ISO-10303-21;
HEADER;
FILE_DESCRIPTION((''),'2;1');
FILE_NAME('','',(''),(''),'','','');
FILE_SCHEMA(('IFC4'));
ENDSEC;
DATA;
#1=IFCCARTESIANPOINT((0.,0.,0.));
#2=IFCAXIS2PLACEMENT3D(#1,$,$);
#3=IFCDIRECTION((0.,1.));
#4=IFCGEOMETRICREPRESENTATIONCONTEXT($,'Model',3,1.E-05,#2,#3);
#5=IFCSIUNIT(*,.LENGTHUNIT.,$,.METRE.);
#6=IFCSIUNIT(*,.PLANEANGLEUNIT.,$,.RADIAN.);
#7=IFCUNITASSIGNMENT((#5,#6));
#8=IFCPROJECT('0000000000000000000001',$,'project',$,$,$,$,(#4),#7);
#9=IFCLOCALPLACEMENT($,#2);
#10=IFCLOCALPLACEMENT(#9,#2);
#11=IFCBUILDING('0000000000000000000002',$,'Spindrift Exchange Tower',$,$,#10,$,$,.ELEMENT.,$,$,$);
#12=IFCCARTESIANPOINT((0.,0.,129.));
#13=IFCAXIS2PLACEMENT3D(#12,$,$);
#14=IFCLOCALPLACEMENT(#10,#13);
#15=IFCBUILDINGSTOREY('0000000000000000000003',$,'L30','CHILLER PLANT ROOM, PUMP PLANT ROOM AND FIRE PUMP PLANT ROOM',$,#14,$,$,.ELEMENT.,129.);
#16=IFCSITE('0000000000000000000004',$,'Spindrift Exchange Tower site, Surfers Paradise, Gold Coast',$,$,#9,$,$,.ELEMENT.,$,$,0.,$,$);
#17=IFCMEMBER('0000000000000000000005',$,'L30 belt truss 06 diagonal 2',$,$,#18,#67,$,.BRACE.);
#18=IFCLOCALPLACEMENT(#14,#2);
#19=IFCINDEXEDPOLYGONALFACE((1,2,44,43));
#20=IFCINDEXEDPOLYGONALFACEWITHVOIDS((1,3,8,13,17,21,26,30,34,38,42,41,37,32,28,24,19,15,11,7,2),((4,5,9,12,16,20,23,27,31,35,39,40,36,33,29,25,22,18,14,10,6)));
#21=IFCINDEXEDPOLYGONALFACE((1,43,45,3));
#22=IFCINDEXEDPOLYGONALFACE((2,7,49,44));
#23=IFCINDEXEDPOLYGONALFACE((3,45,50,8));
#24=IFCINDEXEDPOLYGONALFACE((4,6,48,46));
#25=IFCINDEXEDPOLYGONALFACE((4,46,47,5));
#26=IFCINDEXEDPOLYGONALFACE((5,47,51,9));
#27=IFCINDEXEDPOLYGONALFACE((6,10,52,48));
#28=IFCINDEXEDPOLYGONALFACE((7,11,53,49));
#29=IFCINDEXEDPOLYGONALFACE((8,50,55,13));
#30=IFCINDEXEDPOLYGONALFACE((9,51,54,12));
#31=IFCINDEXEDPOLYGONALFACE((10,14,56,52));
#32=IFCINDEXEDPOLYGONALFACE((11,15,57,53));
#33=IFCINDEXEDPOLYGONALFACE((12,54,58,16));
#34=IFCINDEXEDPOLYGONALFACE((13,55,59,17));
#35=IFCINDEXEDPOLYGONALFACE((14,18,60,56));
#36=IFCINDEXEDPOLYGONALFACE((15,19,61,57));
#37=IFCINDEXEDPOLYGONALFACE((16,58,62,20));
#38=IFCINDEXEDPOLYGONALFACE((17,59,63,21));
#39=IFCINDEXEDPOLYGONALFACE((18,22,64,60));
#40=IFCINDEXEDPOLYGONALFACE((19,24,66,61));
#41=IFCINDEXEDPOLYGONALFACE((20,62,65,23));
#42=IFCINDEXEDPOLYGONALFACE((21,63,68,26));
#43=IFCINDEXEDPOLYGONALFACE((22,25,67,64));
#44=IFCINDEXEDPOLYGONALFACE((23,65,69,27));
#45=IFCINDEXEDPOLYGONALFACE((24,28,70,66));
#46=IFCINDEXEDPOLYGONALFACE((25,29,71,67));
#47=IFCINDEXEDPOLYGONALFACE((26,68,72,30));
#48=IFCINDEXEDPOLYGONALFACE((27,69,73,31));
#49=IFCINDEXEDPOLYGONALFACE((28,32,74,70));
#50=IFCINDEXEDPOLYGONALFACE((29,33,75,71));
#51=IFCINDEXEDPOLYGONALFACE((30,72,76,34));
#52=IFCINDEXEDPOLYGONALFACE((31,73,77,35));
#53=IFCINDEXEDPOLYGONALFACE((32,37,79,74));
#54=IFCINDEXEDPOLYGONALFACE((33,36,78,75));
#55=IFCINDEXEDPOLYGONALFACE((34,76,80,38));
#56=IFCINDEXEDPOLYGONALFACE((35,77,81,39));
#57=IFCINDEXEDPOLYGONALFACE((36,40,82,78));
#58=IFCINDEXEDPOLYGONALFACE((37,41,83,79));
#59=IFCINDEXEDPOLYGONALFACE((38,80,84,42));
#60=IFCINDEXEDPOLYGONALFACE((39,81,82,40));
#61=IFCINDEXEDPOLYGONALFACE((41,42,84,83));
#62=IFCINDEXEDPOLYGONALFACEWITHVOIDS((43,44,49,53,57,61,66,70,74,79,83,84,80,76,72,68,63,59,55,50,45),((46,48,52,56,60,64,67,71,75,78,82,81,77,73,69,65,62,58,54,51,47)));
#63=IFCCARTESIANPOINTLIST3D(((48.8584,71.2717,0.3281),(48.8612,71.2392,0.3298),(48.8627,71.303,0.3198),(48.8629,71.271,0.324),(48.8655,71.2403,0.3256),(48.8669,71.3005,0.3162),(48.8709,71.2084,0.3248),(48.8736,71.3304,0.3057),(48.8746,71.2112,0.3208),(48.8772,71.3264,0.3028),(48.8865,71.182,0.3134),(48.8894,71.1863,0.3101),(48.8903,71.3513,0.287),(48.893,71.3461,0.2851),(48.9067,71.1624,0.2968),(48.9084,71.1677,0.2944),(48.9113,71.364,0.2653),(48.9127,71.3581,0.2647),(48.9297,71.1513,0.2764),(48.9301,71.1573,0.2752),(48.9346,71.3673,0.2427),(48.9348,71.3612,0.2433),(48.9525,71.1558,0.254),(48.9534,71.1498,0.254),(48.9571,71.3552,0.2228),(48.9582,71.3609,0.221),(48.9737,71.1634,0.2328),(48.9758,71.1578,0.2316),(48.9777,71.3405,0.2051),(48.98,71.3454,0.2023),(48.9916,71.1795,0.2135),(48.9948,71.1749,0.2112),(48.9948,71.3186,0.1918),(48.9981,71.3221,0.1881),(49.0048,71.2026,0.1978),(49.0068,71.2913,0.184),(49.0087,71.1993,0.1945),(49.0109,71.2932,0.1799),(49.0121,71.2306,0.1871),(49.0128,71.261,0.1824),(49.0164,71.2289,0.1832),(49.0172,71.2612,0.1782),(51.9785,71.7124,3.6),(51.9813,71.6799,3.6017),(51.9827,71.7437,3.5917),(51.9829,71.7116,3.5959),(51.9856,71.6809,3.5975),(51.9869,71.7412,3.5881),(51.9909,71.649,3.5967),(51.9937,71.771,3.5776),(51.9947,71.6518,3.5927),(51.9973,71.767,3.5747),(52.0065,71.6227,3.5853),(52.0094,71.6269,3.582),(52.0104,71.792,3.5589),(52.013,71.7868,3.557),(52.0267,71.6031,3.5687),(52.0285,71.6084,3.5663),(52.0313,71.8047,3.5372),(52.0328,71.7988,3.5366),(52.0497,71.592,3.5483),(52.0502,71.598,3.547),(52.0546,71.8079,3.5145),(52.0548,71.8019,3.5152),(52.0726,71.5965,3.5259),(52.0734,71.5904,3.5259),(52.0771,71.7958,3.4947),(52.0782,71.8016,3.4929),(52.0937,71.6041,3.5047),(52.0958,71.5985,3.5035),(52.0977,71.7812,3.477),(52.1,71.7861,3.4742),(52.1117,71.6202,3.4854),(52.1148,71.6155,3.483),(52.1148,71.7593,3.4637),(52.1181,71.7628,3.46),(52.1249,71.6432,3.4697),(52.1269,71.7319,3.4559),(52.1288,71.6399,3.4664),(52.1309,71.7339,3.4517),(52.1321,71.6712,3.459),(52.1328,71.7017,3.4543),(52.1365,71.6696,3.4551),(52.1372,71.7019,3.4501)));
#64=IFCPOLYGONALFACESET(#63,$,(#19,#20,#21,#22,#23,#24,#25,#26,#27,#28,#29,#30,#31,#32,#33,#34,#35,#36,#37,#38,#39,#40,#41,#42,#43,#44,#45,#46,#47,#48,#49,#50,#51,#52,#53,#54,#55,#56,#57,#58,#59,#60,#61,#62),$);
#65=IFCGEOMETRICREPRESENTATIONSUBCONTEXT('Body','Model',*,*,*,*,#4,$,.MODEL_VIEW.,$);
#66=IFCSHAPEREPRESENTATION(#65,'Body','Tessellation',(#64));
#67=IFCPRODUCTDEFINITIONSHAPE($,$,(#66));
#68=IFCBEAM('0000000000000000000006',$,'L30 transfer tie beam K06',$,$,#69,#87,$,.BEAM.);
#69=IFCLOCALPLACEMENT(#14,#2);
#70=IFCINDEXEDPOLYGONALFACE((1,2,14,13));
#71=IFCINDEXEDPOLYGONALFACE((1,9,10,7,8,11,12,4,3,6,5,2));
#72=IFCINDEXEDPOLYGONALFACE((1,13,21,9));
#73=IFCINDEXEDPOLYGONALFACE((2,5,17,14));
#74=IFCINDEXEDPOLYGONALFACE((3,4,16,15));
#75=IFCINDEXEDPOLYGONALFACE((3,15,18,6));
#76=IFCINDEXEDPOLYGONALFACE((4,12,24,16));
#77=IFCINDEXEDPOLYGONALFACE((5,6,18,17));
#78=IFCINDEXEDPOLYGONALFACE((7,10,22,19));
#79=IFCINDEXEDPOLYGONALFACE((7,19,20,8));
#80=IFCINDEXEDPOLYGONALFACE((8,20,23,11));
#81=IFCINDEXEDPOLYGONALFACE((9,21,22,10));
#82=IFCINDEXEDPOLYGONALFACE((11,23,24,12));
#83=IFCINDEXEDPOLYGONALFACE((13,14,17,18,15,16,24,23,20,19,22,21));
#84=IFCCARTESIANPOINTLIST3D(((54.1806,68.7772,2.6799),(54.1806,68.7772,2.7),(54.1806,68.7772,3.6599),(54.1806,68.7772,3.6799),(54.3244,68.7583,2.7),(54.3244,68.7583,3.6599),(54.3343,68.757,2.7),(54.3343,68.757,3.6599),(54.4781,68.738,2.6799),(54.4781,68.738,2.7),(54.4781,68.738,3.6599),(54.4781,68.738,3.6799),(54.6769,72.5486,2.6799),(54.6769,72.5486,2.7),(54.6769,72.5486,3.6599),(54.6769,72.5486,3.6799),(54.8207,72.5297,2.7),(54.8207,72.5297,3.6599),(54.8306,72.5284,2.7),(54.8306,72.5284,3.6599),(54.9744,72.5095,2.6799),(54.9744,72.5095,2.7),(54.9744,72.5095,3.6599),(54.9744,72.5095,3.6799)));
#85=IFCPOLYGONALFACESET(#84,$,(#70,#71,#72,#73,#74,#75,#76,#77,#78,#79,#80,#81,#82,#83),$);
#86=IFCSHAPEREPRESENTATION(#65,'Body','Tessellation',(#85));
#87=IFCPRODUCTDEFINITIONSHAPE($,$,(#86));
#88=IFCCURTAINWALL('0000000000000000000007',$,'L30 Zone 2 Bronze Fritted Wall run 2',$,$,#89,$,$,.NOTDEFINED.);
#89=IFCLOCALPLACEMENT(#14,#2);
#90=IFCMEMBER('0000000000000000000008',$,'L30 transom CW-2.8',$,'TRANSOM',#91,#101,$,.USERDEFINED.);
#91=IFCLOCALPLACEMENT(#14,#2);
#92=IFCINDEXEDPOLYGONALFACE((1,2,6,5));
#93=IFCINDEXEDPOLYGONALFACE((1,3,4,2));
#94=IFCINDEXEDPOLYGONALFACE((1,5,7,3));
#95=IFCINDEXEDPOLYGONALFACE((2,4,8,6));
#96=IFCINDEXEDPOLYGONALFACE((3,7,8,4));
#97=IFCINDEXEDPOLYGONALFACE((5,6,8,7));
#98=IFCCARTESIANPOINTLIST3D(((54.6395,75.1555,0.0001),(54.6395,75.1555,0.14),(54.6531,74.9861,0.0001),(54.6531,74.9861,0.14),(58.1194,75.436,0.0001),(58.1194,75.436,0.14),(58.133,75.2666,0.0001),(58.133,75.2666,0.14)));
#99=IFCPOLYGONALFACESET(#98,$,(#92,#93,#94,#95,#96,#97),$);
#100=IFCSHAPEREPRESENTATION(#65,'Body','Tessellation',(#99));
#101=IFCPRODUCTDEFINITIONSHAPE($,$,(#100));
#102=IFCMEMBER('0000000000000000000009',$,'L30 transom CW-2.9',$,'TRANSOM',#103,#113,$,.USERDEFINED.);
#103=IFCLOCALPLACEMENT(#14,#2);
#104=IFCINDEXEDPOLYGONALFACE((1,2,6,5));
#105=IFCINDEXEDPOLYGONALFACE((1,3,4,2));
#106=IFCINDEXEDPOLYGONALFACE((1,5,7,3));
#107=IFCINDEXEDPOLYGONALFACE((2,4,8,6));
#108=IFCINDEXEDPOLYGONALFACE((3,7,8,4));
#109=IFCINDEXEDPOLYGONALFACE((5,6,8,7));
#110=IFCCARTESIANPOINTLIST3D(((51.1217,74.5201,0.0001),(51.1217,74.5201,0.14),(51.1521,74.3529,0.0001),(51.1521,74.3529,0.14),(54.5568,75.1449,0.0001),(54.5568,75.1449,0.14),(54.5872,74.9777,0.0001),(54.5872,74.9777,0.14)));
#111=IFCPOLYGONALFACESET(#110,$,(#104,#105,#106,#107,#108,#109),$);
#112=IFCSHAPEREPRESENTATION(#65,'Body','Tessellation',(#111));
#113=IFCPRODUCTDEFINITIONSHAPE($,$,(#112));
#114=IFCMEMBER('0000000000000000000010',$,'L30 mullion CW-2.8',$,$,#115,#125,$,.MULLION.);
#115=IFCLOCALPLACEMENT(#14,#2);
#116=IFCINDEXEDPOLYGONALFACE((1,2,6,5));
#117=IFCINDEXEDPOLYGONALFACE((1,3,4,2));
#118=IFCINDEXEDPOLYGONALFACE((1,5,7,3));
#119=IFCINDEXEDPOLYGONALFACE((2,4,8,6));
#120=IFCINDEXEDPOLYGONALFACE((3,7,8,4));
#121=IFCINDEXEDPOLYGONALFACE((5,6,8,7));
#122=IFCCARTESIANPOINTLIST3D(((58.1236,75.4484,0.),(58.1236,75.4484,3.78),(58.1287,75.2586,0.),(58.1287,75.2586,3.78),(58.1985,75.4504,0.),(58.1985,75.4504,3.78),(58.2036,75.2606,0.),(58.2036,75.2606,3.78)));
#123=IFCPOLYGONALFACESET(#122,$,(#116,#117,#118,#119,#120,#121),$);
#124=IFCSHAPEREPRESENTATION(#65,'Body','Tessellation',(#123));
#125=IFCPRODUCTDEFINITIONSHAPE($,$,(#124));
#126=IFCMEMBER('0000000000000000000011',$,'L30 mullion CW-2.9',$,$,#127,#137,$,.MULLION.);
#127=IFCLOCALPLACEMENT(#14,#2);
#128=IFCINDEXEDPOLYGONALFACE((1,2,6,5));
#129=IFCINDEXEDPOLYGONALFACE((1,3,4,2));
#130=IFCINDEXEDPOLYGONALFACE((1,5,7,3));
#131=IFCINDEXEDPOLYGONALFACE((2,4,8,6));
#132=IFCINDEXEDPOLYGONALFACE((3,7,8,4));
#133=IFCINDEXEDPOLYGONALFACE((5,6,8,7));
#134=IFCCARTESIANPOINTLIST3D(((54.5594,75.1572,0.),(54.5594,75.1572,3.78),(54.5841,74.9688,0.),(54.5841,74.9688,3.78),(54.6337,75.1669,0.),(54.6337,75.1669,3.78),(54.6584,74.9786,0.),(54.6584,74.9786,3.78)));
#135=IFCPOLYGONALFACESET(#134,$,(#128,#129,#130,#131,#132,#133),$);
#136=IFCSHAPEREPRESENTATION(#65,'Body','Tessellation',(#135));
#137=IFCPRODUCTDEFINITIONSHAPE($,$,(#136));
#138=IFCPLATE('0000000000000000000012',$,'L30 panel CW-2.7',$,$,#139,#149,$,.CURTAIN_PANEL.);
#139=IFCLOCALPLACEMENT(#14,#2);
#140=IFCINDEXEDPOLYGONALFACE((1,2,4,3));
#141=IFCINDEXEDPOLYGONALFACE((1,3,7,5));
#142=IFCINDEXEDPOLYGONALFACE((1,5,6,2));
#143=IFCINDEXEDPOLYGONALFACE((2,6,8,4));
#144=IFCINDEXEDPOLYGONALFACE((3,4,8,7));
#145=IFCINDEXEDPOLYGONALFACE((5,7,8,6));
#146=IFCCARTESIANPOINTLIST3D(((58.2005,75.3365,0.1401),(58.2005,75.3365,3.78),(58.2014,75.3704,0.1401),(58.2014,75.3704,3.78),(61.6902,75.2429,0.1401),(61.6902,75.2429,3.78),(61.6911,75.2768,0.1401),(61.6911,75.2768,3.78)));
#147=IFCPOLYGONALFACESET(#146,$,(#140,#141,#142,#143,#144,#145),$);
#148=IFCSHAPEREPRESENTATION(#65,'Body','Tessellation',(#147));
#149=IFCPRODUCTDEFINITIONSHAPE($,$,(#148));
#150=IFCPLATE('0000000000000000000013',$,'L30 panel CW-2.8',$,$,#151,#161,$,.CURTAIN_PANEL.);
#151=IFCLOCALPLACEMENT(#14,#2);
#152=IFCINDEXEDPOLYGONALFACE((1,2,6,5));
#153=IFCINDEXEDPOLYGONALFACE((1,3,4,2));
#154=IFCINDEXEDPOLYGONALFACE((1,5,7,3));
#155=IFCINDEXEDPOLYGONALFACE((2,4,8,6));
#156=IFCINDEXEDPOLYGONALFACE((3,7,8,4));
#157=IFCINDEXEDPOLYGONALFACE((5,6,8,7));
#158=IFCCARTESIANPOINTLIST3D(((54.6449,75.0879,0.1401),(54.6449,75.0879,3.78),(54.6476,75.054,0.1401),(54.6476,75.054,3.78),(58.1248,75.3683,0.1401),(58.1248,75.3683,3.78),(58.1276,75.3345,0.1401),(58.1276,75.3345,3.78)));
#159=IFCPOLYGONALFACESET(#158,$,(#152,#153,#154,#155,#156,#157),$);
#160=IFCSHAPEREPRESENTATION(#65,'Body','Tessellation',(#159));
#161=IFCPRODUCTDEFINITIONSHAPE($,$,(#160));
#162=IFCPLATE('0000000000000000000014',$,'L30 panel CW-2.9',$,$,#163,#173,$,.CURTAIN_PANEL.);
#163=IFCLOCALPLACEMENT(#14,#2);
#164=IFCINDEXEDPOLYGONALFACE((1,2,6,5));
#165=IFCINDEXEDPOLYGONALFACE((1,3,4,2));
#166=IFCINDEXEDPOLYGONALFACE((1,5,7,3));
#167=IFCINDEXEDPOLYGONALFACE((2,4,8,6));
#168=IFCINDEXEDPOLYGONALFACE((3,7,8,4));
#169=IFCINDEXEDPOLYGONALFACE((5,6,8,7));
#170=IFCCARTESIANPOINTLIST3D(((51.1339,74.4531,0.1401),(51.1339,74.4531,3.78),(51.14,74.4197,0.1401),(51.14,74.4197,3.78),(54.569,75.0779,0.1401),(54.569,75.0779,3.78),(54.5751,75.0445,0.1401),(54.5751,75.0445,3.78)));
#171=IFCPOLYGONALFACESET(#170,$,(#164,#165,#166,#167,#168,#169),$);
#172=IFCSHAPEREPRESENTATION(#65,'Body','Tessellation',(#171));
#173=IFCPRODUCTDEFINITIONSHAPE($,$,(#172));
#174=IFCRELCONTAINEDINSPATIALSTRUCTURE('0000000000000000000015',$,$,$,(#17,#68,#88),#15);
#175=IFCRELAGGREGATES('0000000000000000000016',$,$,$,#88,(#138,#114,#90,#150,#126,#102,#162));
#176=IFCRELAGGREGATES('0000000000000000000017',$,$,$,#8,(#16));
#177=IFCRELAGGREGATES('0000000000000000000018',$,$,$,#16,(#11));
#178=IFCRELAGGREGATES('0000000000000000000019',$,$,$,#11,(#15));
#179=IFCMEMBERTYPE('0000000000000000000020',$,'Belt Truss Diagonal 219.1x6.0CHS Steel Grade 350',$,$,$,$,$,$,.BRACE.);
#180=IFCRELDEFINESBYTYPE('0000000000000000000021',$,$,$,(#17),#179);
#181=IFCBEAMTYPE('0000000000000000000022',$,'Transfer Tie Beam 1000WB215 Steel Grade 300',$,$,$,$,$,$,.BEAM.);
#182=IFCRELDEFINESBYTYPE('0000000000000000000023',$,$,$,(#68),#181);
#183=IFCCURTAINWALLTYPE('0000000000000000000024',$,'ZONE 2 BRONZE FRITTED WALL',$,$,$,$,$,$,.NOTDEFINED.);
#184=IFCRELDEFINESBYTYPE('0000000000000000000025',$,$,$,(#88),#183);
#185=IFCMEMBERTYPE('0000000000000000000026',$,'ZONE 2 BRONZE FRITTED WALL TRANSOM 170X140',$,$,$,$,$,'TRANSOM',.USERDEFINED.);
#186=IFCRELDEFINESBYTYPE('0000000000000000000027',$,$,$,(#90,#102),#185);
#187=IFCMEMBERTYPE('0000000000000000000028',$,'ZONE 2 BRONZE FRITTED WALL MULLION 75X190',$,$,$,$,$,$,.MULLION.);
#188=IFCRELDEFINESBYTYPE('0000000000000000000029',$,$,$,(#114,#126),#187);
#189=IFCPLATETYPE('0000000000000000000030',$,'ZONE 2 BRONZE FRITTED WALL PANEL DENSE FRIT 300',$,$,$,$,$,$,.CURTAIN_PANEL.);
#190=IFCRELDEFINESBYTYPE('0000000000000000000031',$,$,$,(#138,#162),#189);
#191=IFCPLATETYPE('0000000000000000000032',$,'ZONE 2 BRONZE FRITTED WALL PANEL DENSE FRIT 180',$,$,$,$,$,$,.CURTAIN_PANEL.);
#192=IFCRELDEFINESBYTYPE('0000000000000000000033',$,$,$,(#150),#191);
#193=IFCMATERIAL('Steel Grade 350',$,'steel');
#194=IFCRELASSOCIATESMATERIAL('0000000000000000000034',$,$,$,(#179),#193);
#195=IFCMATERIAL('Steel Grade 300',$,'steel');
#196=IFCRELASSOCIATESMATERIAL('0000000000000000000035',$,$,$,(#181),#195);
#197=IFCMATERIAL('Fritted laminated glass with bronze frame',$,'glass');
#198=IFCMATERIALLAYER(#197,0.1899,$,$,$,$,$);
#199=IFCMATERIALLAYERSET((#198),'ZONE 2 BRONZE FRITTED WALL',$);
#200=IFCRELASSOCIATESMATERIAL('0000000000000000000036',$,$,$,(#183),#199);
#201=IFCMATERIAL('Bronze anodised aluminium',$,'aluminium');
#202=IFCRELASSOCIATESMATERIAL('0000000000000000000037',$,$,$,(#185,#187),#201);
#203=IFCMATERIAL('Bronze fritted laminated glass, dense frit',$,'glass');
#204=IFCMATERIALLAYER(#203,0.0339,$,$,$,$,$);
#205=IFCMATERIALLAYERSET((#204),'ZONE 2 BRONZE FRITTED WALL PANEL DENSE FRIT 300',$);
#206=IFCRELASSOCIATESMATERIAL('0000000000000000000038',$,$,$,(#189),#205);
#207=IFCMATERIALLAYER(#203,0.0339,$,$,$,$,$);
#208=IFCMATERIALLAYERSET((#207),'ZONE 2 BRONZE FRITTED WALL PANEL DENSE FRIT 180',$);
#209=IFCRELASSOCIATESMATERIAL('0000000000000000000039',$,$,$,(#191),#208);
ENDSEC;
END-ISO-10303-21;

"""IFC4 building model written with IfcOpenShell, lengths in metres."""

from ifc_helpers import new_model, si_unit, direction, frame, origin, origin_2d, place, context, subcontext, project, spatial, rectangle, hollow_circle, i_section, extrude, source, transform, mapped, material, layer, layer_set, material_profile, profile_set, type_object, element, aggregate, save


model = new_model("IFC4")

# Units and contexts
model_context = context("Model", 3, precision=1e-05, world=origin(), true_north=direction((0.0, 1.0)))
body_context = subcontext(model_context, "Body", "Model", "MODEL_VIEW")
ifc_project = project(units=[si_unit("LENGTHUNIT", "METRE"), si_unit("PLANEANGLEUNIT", "RADIAN")], contexts=[model_context])

# Site, building, storey
site_placement = place(None, origin())
site = spatial("IfcSite", under=ifc_project, at=site_placement, Name="Spindrift Exchange Tower site, Surfers Paradise, Gold Coast", CompositionType="ELEMENT", RefElevation=0.0)
building_placement = place(site_placement, origin())
building = spatial("IfcBuilding", under=site, at=building_placement, Name="Spindrift Exchange Tower", CompositionType="ELEMENT")
storey_placement = place(building_placement, frame((0.0, 0.0, 129.0)))
storey = spatial("IfcBuildingStorey", under=building, at=storey_placement, Name="L30", Description="CHILLER PLANT ROOM, PUMP PLANT ROOM AND FIRE PUMP PLANT ROOM", CompositionType="ELEMENT", Elevation=129.0)

# Shared definitions
ifc_material_1 = material(Name="Steel Grade 300", Category="steel")

# Member
ifc_material_2 = material(Name="Steel Grade 350", Category="steel")
ifc_material_profile_1 = material_profile(ifc_material_2, hollow_circle(Radius=0.1096, WallThickness=0.0061, at=origin_2d()), Name="219.1x6.0CHS")
ifc_profile_set_1 = profile_set([ifc_material_profile_1], Name="Steel Grade 350")
member_type_1 = type_object("IfcMemberType", Name="Belt Truss Diagonal 219.1x6.0CHS Steel Grade 350", PredefinedType="BRACE", material=ifc_profile_set_1)
shared_shape_1 = source(origin(), body_context, "Body", "SweptSolid", [
    extrude(hollow_circle(Radius=0.1096, WallThickness=0.0061, at=origin_2d()), origin(), (0.0, 0.0, 1.0), 4.5425),
])
for number, where, z_axis, x_axis, name in (
    (1, (52.0581, 71.699, 3.5259), (-0.686859, -0.097009, -0.720288), (0.139848, -0.990173, 0.0), "L30 belt truss 06 diagonal 2"),
):
    element("IfcMember", number, at=place(storey_placement, frame(where, z_axis=z_axis, x_axis=x_axis)), inside=storey, type_object=member_type_1, Name=name, PredefinedType="BRACE", context=body_context, shape_type="MappedRepresentation", body=[
        mapped(shared_shape_1, transform((0.0, 0.0, 0.0), scale=1.0)),
    ])

# Beam
ifc_material_profile_2 = material_profile(ifc_material_1, i_section(OverallWidth=0.3, OverallDepth=1.0, WebThickness=0.01, FlangeThickness=0.02, at=origin_2d()), Name="1000WB215")
ifc_profile_set_2 = profile_set([ifc_material_profile_2], Name="Steel Grade 300")
beam_type_1 = type_object("IfcBeamType", Name="Transfer Tie Beam 1000WB215 Steel Grade 300", PredefinedType="BEAM", material=ifc_profile_set_2)
shared_shape_2 = source(origin(), body_context, "Body", "SweptSolid", [
    extrude(i_section(OverallWidth=0.3, OverallDepth=1.0, WebThickness=0.01, FlangeThickness=0.02, at=origin_2d()), origin(), (0.0, 0.0, 1.0), 3.804),
])
beam_1_placement = place(storey_placement, frame((54.8257, 72.5291, 3.1799), z_axis=(-0.130478, -0.991451, 0.0), x_axis=(0.991451, -0.130478, 0.0)))
element("IfcBeam", 2, at=beam_1_placement, inside=storey, type_object=beam_type_1, Name="L30 transfer tie beam K06", PredefinedType="BEAM", context=body_context, shape_type="MappedRepresentation", body=[
    mapped(shared_shape_2, transform((0.0, 0.0, 0.0), scale=1.0)),
])

# Curtain wall, members, plates
ifc_material_3 = material(Name="Fritted laminated glass with bronze frame", Category="glass")
ifc_layer_1 = layer(ifc_material_3, 0.1899)
ifc_layer_set_1 = layer_set([ifc_layer_1], Name="ZONE 2 BRONZE FRITTED WALL")
curtain_wall_type = type_object("IfcCurtainWallType", Name="ZONE 2 BRONZE FRITTED WALL", PredefinedType="NOTDEFINED", material=ifc_layer_set_1)
curtain_wall_placement = place(storey_placement, origin())
curtain_wall = element("IfcCurtainWall", 3, at=curtain_wall_placement, inside=storey, type_object=curtain_wall_type, Name="L30 Zone 2 Bronze Fritted Wall run 2", PredefinedType="NOTDEFINED")
ifc_material_4 = material(Name="Bronze anodised aluminium", Category="aluminium")
ifc_material_profile_3 = material_profile(ifc_material_4, rectangle(XDim=0.1699, YDim=0.1399, at=origin_2d()), Name="ZONE 2 BRONZE FRITTED WALL TRANSOM 170X140")
ifc_profile_set_3 = profile_set([ifc_material_profile_3], Name="Bronze anodised aluminium")
member_type_2 = type_object("IfcMemberType", Name="ZONE 2 BRONZE FRITTED WALL TRANSOM 170X140", ElementType="TRANSOM", PredefinedType="USERDEFINED", material=ifc_profile_set_3)
shared_shape_3 = source(origin(), body_context, "Body", "SweptSolid", [
    extrude(rectangle(XDim=0.1699, YDim=0.1399, at=origin_2d()), origin(), (0.0, 0.0, 1.0), 3.4912),
])
member_1_placement = place(storey_placement, frame((58.1262, 75.3513, 0.0701), z_axis=(-0.996767, -0.080348, 0.0), x_axis=(0.080348, -0.996767, 0.0)))
member_1 = element("IfcMember", 4, at=member_1_placement, type_object=member_type_2, Name="L30 transom CW-2.8", ObjectType="TRANSOM", PredefinedType="USERDEFINED", context=body_context, shape_type="MappedRepresentation", body=[
    mapped(shared_shape_3, transform((0.0, 0.0, 0.0), scale=1.0)),
])
shared_shape_4 = source(origin(), body_context, "Body", "SweptSolid", [
    extrude(rectangle(XDim=0.1699, YDim=0.1399, at=origin_2d()), origin(), (0.0, 0.0, 1.0), 3.4915),
])
member_2_placement = place(storey_placement, frame((54.572, 75.0613, 0.0701), z_axis=(-0.98386, -0.178941, 0.0), x_axis=(0.178941, -0.98386, 0.0)))
member_2 = element("IfcMember", 5, at=member_2_placement, type_object=member_type_2, Name="L30 transom CW-2.9", ObjectType="TRANSOM", PredefinedType="USERDEFINED", context=body_context, shape_type="MappedRepresentation", body=[
    mapped(shared_shape_4, transform((0.0, 0.0, 0.0), scale=1.0)),
])
ifc_material_profile_4 = material_profile(ifc_material_4, rectangle(XDim=0.075, YDim=0.1899, at=origin_2d()), Name="ZONE 2 BRONZE FRITTED WALL MULLION 75X190")
ifc_profile_set_4 = profile_set([ifc_material_profile_4], Name="Bronze anodised aluminium")
member_type_3 = type_object("IfcMemberType", Name="ZONE 2 BRONZE FRITTED WALL MULLION 75X190", PredefinedType="MULLION", material=ifc_profile_set_4)
shared_shape_5 = source(origin(), body_context, "Body", "SweptSolid", [
    extrude(rectangle(XDim=0.075, YDim=0.1899, at=origin_2d()), origin(), (0.0, 0.0, 1.0), 3.78),
])
member_3_placement = place(storey_placement, frame((58.1636, 75.3545, 0.0), z_axis=(0.0, 0.0, 1.0), x_axis=(-0.999641, -0.026803, 0.0)))
member_3 = element("IfcMember", 6, at=member_3_placement, type_object=member_type_3, Name="L30 mullion CW-2.8", PredefinedType="MULLION", context=body_context, shape_type="MappedRepresentation", body=[
    mapped(shared_shape_5, transform((0.0, 0.0, 0.0), scale=1.0)),
])
member_4_placement = place(storey_placement, frame((54.6089, 75.0679, 0.0), z_axis=(0.0, 0.0, 1.0), x_axis=(-0.99154, -0.129805, 0.0)))
member_4 = element("IfcMember", 7, at=member_4_placement, type_object=member_type_3, Name="L30 mullion CW-2.9", PredefinedType="MULLION", context=body_context, shape_type="MappedRepresentation", body=[
    mapped(shared_shape_5, transform((0.0, 0.0, 0.0), scale=1.0)),
])
ifc_material_5 = material(Name="Bronze fritted laminated glass, dense frit", Category="glass")
ifc_layer_2 = layer(ifc_material_5, 0.0339)
ifc_layer_set_2 = layer_set([ifc_layer_2], Name="ZONE 2 BRONZE FRITTED WALL PANEL DENSE FRIT 300")
plate_type_1 = type_object("IfcPlateType", Name="ZONE 2 BRONZE FRITTED WALL PANEL DENSE FRIT 300", PredefinedType="CURTAIN_PANEL", material=ifc_layer_set_2)
shared_shape_6 = source(origin(), body_context, "Body", "SweptSolid", [
    extrude(rectangle(XDim=3.491, YDim=0.0339, at=origin_2d()), origin(), (0.0, 0.0, 1.0), 3.6399),
])
plate_1_placement = place(storey_placement, frame((59.9458, 75.3066, 0.1401), z_axis=(0.0, 0.0, 1.0), x_axis=(-0.999641, 0.02681, 0.0)))
plate_1 = element("IfcPlate", 8, at=plate_1_placement, type_object=plate_type_1, Name="L30 panel CW-2.7", PredefinedType="CURTAIN_PANEL", context=body_context, shape_type="MappedRepresentation", body=[
    mapped(shared_shape_6, transform((0.0, 0.0, 0.0), scale=1.0)),
])
ifc_layer_3 = layer(ifc_material_5, 0.0339)
ifc_layer_set_3 = layer_set([ifc_layer_3], Name="ZONE 2 BRONZE FRITTED WALL PANEL DENSE FRIT 180")
plate_type_2 = type_object("IfcPlateType", Name="ZONE 2 BRONZE FRITTED WALL PANEL DENSE FRIT 180", PredefinedType="CURTAIN_PANEL", material=ifc_layer_set_3)
shared_shape_7 = source(origin(), body_context, "Body", "SweptSolid", [
    extrude(rectangle(XDim=3.4912, YDim=0.0339, at=origin_2d()), origin(), (0.0, 0.0, 1.0), 3.6399),
])
plate_2_placement = place(storey_placement, frame((56.3862, 75.2112, 0.1401), z_axis=(0.0, 0.0, 1.0), x_axis=(-0.996768, -0.08034, 0.0)))
plate_2 = element("IfcPlate", 9, at=plate_2_placement, type_object=plate_type_2, Name="L30 panel CW-2.8", PredefinedType="CURTAIN_PANEL", context=body_context, shape_type="MappedRepresentation", body=[
    mapped(shared_shape_7, transform((0.0, 0.0, 0.0), scale=1.0)),
])
shared_shape_8 = source(origin(), body_context, "Body", "SweptSolid", [
    extrude(rectangle(XDim=3.4915, YDim=0.0339, at=origin_2d()), origin(), (0.0, 0.0, 1.0), 3.6399),
])
plate_3_placement = place(storey_placement, frame((52.8545, 74.7488, 0.1401), z_axis=(0.0, 0.0, 1.0), x_axis=(-0.983858, -0.17895, 0.0)))
plate_3 = element("IfcPlate", 10, at=plate_3_placement, type_object=plate_type_1, Name="L30 panel CW-2.9", PredefinedType="CURTAIN_PANEL", context=body_context, shape_type="MappedRepresentation", body=[
    mapped(shared_shape_8, transform((0.0, 0.0, 0.0), scale=1.0)),
])
aggregate(curtain_wall, [plate_1, member_3, member_1, plate_2, member_4, member_2, plate_3])

save(model, "model.ifc")
